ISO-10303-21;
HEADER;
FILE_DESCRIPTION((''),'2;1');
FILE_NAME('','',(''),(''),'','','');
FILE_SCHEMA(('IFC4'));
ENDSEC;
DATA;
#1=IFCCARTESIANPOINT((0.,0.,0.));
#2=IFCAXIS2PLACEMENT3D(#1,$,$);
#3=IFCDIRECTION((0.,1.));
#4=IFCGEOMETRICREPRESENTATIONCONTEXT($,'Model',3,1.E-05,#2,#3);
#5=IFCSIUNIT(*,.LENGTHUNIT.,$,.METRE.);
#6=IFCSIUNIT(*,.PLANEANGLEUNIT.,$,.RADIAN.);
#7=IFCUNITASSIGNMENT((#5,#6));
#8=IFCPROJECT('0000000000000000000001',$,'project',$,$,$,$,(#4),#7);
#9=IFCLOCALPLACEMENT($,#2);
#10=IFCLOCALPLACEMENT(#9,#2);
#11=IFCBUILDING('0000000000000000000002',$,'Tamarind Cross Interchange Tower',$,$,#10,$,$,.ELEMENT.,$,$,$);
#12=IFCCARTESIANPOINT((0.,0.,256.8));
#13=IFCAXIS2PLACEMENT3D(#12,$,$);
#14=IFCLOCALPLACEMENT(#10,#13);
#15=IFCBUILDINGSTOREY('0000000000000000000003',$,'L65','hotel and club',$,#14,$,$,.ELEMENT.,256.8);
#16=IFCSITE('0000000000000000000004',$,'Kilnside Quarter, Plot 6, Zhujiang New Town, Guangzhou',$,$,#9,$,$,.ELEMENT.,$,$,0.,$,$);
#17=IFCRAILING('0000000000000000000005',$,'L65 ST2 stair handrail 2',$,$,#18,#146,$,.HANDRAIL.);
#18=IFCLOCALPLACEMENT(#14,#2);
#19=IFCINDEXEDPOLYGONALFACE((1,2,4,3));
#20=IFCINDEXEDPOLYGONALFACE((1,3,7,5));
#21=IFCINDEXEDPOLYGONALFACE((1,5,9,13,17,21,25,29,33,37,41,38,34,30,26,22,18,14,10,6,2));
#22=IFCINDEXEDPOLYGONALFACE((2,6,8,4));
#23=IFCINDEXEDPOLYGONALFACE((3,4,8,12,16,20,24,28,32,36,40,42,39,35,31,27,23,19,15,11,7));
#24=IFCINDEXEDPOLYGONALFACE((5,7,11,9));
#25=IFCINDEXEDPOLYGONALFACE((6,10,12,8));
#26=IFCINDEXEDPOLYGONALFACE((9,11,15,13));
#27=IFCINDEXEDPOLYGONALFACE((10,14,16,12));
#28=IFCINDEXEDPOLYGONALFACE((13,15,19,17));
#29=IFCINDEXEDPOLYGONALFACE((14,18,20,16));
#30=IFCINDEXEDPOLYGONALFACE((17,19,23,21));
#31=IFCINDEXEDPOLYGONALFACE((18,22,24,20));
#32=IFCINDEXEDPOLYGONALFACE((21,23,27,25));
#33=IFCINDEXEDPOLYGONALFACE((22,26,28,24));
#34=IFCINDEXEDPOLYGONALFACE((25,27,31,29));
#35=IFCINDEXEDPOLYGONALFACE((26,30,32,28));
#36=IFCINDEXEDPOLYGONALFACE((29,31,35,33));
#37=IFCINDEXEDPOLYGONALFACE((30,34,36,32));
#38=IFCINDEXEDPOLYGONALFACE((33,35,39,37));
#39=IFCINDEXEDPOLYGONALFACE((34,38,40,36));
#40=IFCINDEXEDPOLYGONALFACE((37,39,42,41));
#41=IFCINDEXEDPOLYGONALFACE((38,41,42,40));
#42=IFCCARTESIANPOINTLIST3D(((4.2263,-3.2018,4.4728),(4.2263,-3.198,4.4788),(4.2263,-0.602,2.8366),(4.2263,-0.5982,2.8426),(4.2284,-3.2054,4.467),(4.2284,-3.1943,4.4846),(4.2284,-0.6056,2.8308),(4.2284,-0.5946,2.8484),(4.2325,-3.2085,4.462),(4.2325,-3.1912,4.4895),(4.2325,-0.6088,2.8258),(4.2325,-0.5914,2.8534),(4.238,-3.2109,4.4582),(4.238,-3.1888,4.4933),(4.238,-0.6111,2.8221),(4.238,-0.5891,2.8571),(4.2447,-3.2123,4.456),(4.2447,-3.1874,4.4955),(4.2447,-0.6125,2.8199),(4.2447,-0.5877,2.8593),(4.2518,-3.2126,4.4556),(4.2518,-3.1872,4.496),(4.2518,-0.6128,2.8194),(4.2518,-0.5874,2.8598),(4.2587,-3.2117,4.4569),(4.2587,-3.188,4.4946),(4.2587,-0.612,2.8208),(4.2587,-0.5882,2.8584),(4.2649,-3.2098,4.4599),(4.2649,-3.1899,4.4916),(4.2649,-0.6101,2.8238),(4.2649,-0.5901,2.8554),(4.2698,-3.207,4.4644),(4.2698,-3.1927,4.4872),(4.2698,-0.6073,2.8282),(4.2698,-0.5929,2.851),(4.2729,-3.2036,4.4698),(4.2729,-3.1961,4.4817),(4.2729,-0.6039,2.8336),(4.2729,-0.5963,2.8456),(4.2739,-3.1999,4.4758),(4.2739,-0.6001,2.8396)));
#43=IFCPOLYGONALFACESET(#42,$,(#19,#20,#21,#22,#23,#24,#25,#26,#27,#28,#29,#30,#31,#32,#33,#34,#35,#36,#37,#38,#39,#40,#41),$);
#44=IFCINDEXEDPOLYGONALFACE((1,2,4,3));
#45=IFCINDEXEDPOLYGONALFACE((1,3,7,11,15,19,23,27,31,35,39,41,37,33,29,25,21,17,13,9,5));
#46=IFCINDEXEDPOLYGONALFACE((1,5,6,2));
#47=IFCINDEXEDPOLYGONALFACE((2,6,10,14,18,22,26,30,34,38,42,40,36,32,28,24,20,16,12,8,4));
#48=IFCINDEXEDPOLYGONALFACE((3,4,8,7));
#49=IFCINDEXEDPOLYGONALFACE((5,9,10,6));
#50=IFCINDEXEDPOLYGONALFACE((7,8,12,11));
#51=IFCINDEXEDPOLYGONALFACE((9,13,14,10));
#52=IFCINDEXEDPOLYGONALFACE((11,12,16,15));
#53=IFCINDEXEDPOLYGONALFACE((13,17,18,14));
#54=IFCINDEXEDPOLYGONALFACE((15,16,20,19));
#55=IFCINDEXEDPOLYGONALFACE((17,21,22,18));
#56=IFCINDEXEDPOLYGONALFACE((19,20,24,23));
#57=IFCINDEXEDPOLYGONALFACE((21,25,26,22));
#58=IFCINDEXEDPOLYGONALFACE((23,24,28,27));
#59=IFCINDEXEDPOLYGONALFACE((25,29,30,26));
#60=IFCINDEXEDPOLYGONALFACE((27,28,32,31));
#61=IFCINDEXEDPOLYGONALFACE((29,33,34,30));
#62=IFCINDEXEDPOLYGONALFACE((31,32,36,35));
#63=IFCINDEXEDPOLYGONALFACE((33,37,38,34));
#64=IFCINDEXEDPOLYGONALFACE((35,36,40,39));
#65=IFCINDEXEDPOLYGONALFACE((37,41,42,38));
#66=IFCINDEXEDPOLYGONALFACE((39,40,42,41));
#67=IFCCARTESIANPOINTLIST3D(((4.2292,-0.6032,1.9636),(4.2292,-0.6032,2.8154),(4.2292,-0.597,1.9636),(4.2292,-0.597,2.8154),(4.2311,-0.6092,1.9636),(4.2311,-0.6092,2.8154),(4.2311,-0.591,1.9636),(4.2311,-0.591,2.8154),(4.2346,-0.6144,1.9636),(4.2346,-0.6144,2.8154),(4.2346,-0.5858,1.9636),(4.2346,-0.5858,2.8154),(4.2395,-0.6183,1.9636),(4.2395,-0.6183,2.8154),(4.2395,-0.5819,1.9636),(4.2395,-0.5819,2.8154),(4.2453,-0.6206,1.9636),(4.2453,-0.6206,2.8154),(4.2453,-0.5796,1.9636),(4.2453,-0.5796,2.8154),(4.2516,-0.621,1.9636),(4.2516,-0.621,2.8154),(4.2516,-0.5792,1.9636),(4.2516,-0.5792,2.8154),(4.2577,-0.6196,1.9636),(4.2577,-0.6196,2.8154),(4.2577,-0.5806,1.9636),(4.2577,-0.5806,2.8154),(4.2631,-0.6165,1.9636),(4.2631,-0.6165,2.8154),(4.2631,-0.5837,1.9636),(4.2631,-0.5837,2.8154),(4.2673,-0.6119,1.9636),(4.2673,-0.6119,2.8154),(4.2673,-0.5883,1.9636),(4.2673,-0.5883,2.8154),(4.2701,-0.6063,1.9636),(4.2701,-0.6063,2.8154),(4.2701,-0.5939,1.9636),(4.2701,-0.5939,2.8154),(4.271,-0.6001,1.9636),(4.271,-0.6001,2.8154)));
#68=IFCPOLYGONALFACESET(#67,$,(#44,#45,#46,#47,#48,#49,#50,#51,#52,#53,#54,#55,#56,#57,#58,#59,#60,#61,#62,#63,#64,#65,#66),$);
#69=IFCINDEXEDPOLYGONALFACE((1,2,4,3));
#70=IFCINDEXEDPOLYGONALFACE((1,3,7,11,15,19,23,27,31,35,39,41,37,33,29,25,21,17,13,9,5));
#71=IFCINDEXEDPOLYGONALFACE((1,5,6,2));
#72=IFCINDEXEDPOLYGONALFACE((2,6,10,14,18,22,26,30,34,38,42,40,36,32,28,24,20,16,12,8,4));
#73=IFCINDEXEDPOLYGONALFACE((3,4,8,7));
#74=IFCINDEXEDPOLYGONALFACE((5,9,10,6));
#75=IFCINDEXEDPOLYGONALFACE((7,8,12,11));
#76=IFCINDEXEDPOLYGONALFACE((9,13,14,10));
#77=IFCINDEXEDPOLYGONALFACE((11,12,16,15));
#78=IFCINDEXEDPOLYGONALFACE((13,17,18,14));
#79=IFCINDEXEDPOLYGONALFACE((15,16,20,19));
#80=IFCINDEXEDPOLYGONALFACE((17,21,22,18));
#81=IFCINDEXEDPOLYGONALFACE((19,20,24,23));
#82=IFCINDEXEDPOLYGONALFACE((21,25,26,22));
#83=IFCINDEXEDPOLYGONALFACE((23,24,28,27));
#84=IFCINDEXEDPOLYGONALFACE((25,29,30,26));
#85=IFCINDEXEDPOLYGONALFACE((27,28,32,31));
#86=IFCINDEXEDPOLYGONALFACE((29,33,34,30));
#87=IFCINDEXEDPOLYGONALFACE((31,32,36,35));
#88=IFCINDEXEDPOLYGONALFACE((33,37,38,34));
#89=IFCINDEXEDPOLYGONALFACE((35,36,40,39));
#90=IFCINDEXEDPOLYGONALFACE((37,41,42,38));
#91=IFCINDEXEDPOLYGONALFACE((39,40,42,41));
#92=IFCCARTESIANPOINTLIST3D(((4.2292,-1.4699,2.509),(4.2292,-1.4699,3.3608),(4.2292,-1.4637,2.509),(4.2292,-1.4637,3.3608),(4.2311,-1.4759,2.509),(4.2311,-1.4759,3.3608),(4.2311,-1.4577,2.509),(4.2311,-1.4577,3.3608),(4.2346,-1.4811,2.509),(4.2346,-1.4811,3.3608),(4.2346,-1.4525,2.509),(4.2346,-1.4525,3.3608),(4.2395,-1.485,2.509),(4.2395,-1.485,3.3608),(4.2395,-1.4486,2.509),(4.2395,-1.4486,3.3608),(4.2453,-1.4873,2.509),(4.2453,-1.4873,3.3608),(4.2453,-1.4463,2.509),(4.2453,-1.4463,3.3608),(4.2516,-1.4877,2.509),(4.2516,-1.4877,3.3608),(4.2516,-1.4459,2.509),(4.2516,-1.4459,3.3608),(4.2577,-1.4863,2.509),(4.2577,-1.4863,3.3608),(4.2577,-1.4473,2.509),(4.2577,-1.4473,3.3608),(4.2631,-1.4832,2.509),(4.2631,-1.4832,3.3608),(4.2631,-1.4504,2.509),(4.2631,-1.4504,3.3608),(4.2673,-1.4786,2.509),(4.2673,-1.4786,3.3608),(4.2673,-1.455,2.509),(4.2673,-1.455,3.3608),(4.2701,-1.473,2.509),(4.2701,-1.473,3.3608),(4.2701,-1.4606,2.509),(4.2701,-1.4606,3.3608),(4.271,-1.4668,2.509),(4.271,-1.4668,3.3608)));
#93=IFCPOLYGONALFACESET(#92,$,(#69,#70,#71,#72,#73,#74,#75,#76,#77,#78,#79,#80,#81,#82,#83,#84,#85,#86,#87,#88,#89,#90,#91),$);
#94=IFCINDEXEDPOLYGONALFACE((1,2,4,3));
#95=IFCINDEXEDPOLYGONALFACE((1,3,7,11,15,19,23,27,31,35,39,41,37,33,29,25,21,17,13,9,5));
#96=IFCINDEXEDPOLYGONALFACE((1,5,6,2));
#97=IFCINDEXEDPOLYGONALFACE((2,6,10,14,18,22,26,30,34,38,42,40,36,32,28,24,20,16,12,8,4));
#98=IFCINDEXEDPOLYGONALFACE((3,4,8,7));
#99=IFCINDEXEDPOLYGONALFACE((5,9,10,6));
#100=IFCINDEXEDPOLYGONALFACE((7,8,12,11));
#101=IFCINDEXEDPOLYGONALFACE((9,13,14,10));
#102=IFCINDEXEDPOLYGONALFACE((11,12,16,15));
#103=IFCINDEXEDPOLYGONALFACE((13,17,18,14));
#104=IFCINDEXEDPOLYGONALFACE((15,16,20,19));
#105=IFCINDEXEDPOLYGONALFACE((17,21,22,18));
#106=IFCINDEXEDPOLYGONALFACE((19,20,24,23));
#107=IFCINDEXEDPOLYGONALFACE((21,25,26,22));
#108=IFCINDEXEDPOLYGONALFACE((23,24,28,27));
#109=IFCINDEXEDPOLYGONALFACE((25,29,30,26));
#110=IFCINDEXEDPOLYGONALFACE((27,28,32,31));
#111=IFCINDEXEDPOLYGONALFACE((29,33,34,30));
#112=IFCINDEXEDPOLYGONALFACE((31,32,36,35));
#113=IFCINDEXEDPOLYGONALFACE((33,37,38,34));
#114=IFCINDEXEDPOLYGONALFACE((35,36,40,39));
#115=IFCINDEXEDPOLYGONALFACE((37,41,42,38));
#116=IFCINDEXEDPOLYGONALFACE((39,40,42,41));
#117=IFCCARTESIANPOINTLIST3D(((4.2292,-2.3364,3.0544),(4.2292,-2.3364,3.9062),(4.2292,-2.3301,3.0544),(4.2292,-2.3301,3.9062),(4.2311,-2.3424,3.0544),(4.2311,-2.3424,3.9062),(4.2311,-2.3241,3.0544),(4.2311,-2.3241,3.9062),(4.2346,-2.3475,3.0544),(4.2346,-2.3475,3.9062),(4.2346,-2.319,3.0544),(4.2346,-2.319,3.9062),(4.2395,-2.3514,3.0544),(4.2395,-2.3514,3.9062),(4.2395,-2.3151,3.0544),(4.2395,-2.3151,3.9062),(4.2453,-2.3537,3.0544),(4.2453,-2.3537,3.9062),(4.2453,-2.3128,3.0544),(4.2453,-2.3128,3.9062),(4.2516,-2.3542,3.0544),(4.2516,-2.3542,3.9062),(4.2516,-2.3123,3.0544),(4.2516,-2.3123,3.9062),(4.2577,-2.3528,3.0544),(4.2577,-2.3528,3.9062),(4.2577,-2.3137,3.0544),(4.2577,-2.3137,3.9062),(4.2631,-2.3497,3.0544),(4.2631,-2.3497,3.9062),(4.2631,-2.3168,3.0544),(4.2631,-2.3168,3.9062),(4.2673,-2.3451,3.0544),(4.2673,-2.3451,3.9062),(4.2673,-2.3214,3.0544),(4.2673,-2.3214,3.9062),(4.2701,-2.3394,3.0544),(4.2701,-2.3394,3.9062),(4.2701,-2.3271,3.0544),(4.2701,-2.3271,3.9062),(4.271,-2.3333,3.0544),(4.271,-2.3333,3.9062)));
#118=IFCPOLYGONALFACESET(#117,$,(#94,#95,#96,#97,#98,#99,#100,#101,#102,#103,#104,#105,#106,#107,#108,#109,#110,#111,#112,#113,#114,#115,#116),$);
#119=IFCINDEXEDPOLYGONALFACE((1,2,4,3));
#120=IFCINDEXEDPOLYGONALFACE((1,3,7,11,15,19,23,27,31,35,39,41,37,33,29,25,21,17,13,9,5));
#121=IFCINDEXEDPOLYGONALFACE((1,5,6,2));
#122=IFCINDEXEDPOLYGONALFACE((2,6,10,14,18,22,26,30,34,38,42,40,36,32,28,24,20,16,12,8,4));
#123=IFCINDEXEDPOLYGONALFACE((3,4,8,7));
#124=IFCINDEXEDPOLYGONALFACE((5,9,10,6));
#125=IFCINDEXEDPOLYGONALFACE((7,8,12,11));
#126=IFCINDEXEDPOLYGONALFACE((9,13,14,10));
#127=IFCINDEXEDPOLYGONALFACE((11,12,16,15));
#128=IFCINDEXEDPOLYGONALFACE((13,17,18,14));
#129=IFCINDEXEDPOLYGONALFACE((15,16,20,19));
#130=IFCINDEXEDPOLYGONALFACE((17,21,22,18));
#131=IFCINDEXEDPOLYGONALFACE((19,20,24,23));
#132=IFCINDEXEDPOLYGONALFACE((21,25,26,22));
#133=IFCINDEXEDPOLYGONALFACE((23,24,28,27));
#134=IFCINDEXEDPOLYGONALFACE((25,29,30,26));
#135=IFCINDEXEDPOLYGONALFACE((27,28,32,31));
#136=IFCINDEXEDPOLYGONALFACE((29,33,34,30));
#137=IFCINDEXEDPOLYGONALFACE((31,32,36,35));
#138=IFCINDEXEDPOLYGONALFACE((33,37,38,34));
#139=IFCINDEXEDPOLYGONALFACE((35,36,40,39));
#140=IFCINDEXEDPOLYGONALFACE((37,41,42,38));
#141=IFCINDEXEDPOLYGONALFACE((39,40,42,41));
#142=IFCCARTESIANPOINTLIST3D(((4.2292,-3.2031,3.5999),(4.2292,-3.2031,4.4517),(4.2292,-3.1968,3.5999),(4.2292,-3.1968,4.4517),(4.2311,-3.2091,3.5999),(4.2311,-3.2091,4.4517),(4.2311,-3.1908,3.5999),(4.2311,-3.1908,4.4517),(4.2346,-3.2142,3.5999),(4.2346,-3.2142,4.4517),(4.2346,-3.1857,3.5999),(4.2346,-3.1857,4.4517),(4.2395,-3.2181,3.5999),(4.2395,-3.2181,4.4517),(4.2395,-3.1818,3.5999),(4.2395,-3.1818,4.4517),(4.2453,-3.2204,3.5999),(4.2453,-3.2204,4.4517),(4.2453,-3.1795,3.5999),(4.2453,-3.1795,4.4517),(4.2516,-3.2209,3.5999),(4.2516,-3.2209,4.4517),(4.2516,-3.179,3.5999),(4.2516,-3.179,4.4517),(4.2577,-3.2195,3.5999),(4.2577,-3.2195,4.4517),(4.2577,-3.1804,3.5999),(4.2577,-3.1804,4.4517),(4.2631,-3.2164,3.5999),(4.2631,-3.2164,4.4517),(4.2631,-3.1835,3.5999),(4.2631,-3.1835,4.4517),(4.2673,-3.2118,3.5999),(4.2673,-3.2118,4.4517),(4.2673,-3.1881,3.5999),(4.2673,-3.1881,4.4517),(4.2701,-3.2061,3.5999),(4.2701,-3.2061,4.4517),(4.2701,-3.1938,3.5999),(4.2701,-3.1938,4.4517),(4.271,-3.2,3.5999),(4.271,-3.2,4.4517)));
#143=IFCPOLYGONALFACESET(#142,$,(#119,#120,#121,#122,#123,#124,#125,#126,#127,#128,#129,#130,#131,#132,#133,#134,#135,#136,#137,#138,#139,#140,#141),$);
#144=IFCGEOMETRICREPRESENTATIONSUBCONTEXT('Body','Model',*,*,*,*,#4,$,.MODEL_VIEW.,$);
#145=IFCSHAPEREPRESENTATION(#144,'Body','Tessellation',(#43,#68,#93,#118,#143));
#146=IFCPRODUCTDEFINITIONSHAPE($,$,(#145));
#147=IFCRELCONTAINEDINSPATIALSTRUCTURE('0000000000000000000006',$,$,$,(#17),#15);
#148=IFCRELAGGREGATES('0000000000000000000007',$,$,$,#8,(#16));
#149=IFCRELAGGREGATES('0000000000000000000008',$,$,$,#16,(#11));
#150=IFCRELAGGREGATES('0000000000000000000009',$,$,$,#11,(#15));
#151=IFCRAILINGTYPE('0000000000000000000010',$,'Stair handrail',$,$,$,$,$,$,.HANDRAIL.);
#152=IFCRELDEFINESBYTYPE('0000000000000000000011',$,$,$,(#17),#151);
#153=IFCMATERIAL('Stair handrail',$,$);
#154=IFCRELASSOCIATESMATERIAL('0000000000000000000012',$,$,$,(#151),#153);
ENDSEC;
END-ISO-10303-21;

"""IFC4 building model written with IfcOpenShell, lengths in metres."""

from ifc_helpers import new_model, si_unit, direction, frame, origin, origin_2d, place, context, subcontext, project, spatial, circle, extrude, material, type_object, element, save


model = new_model("IFC4")

# Units and contexts
model_context = context("Model", 3, precision=1e-05, world=origin(), true_north=direction((0.0, 1.0)))
body_context = subcontext(model_context, "Body", "Model", "MODEL_VIEW")
ifc_project = project(units=[si_unit("LENGTHUNIT", "METRE"), si_unit("PLANEANGLEUNIT", "RADIAN")], contexts=[model_context])

# Site, building, storey
site_placement = place(None, origin())
site = spatial("IfcSite", under=ifc_project, at=site_placement, Name="Kilnside Quarter, Plot 6, Zhujiang New Town, Guangzhou", CompositionType="ELEMENT", RefElevation=0.0)
building_placement = place(site_placement, origin())
building = spatial("IfcBuilding", under=site, at=building_placement, Name="Tamarind Cross Interchange Tower", CompositionType="ELEMENT")
storey_placement = place(building_placement, frame((0.0, 0.0, 256.8)))
storey = spatial("IfcBuildingStorey", under=building, at=storey_placement, Name="L65", Description="hotel and club", CompositionType="ELEMENT", Elevation=256.8)

# Railing
ifc_material_1 = material(Name="Stair handrail")
railing_type_1 = type_object("IfcRailingType", Name="Stair handrail", PredefinedType="HANDRAIL", material=ifc_material_1)
railing_1_placement = place(storey_placement, frame((4.25, -0.6001, 1.9636)))
element("IfcRailing", 1, at=railing_1_placement, inside=storey, type_object=railing_type_1, Name="L65 ST2 stair handrail 2", PredefinedType="HANDRAIL", context=body_context, shape_type="SweptSolid", body=[
    extrude(circle(Radius=0.0239, at=origin_2d()), frame((0.0, 0.0, 0.876), z_axis=(0.0, -0.846338, 0.532647), x_axis=(1.0, 0.0, 0.0)), (0.0, 0.0, 1.0), 3.0718),
    extrude(circle(Radius=0.021, at=origin_2d()), origin(), (0.0, 0.0, 1.0), 0.8518),
    extrude(circle(Radius=0.021, at=origin_2d()), frame((0.0, -0.8667, 0.5454)), (0.0, 0.0, 1.0), 0.8518),
    extrude(circle(Radius=0.021, at=origin_2d()), frame((0.0, -1.7332, 1.0908)), (0.0, 0.0, 1.0), 0.8518),
    extrude(circle(Radius=0.021, at=origin_2d()), frame((0.0, -2.5999, 1.6362)), (0.0, 0.0, 1.0), 0.8518),
])

save(model, "model.ifc")
